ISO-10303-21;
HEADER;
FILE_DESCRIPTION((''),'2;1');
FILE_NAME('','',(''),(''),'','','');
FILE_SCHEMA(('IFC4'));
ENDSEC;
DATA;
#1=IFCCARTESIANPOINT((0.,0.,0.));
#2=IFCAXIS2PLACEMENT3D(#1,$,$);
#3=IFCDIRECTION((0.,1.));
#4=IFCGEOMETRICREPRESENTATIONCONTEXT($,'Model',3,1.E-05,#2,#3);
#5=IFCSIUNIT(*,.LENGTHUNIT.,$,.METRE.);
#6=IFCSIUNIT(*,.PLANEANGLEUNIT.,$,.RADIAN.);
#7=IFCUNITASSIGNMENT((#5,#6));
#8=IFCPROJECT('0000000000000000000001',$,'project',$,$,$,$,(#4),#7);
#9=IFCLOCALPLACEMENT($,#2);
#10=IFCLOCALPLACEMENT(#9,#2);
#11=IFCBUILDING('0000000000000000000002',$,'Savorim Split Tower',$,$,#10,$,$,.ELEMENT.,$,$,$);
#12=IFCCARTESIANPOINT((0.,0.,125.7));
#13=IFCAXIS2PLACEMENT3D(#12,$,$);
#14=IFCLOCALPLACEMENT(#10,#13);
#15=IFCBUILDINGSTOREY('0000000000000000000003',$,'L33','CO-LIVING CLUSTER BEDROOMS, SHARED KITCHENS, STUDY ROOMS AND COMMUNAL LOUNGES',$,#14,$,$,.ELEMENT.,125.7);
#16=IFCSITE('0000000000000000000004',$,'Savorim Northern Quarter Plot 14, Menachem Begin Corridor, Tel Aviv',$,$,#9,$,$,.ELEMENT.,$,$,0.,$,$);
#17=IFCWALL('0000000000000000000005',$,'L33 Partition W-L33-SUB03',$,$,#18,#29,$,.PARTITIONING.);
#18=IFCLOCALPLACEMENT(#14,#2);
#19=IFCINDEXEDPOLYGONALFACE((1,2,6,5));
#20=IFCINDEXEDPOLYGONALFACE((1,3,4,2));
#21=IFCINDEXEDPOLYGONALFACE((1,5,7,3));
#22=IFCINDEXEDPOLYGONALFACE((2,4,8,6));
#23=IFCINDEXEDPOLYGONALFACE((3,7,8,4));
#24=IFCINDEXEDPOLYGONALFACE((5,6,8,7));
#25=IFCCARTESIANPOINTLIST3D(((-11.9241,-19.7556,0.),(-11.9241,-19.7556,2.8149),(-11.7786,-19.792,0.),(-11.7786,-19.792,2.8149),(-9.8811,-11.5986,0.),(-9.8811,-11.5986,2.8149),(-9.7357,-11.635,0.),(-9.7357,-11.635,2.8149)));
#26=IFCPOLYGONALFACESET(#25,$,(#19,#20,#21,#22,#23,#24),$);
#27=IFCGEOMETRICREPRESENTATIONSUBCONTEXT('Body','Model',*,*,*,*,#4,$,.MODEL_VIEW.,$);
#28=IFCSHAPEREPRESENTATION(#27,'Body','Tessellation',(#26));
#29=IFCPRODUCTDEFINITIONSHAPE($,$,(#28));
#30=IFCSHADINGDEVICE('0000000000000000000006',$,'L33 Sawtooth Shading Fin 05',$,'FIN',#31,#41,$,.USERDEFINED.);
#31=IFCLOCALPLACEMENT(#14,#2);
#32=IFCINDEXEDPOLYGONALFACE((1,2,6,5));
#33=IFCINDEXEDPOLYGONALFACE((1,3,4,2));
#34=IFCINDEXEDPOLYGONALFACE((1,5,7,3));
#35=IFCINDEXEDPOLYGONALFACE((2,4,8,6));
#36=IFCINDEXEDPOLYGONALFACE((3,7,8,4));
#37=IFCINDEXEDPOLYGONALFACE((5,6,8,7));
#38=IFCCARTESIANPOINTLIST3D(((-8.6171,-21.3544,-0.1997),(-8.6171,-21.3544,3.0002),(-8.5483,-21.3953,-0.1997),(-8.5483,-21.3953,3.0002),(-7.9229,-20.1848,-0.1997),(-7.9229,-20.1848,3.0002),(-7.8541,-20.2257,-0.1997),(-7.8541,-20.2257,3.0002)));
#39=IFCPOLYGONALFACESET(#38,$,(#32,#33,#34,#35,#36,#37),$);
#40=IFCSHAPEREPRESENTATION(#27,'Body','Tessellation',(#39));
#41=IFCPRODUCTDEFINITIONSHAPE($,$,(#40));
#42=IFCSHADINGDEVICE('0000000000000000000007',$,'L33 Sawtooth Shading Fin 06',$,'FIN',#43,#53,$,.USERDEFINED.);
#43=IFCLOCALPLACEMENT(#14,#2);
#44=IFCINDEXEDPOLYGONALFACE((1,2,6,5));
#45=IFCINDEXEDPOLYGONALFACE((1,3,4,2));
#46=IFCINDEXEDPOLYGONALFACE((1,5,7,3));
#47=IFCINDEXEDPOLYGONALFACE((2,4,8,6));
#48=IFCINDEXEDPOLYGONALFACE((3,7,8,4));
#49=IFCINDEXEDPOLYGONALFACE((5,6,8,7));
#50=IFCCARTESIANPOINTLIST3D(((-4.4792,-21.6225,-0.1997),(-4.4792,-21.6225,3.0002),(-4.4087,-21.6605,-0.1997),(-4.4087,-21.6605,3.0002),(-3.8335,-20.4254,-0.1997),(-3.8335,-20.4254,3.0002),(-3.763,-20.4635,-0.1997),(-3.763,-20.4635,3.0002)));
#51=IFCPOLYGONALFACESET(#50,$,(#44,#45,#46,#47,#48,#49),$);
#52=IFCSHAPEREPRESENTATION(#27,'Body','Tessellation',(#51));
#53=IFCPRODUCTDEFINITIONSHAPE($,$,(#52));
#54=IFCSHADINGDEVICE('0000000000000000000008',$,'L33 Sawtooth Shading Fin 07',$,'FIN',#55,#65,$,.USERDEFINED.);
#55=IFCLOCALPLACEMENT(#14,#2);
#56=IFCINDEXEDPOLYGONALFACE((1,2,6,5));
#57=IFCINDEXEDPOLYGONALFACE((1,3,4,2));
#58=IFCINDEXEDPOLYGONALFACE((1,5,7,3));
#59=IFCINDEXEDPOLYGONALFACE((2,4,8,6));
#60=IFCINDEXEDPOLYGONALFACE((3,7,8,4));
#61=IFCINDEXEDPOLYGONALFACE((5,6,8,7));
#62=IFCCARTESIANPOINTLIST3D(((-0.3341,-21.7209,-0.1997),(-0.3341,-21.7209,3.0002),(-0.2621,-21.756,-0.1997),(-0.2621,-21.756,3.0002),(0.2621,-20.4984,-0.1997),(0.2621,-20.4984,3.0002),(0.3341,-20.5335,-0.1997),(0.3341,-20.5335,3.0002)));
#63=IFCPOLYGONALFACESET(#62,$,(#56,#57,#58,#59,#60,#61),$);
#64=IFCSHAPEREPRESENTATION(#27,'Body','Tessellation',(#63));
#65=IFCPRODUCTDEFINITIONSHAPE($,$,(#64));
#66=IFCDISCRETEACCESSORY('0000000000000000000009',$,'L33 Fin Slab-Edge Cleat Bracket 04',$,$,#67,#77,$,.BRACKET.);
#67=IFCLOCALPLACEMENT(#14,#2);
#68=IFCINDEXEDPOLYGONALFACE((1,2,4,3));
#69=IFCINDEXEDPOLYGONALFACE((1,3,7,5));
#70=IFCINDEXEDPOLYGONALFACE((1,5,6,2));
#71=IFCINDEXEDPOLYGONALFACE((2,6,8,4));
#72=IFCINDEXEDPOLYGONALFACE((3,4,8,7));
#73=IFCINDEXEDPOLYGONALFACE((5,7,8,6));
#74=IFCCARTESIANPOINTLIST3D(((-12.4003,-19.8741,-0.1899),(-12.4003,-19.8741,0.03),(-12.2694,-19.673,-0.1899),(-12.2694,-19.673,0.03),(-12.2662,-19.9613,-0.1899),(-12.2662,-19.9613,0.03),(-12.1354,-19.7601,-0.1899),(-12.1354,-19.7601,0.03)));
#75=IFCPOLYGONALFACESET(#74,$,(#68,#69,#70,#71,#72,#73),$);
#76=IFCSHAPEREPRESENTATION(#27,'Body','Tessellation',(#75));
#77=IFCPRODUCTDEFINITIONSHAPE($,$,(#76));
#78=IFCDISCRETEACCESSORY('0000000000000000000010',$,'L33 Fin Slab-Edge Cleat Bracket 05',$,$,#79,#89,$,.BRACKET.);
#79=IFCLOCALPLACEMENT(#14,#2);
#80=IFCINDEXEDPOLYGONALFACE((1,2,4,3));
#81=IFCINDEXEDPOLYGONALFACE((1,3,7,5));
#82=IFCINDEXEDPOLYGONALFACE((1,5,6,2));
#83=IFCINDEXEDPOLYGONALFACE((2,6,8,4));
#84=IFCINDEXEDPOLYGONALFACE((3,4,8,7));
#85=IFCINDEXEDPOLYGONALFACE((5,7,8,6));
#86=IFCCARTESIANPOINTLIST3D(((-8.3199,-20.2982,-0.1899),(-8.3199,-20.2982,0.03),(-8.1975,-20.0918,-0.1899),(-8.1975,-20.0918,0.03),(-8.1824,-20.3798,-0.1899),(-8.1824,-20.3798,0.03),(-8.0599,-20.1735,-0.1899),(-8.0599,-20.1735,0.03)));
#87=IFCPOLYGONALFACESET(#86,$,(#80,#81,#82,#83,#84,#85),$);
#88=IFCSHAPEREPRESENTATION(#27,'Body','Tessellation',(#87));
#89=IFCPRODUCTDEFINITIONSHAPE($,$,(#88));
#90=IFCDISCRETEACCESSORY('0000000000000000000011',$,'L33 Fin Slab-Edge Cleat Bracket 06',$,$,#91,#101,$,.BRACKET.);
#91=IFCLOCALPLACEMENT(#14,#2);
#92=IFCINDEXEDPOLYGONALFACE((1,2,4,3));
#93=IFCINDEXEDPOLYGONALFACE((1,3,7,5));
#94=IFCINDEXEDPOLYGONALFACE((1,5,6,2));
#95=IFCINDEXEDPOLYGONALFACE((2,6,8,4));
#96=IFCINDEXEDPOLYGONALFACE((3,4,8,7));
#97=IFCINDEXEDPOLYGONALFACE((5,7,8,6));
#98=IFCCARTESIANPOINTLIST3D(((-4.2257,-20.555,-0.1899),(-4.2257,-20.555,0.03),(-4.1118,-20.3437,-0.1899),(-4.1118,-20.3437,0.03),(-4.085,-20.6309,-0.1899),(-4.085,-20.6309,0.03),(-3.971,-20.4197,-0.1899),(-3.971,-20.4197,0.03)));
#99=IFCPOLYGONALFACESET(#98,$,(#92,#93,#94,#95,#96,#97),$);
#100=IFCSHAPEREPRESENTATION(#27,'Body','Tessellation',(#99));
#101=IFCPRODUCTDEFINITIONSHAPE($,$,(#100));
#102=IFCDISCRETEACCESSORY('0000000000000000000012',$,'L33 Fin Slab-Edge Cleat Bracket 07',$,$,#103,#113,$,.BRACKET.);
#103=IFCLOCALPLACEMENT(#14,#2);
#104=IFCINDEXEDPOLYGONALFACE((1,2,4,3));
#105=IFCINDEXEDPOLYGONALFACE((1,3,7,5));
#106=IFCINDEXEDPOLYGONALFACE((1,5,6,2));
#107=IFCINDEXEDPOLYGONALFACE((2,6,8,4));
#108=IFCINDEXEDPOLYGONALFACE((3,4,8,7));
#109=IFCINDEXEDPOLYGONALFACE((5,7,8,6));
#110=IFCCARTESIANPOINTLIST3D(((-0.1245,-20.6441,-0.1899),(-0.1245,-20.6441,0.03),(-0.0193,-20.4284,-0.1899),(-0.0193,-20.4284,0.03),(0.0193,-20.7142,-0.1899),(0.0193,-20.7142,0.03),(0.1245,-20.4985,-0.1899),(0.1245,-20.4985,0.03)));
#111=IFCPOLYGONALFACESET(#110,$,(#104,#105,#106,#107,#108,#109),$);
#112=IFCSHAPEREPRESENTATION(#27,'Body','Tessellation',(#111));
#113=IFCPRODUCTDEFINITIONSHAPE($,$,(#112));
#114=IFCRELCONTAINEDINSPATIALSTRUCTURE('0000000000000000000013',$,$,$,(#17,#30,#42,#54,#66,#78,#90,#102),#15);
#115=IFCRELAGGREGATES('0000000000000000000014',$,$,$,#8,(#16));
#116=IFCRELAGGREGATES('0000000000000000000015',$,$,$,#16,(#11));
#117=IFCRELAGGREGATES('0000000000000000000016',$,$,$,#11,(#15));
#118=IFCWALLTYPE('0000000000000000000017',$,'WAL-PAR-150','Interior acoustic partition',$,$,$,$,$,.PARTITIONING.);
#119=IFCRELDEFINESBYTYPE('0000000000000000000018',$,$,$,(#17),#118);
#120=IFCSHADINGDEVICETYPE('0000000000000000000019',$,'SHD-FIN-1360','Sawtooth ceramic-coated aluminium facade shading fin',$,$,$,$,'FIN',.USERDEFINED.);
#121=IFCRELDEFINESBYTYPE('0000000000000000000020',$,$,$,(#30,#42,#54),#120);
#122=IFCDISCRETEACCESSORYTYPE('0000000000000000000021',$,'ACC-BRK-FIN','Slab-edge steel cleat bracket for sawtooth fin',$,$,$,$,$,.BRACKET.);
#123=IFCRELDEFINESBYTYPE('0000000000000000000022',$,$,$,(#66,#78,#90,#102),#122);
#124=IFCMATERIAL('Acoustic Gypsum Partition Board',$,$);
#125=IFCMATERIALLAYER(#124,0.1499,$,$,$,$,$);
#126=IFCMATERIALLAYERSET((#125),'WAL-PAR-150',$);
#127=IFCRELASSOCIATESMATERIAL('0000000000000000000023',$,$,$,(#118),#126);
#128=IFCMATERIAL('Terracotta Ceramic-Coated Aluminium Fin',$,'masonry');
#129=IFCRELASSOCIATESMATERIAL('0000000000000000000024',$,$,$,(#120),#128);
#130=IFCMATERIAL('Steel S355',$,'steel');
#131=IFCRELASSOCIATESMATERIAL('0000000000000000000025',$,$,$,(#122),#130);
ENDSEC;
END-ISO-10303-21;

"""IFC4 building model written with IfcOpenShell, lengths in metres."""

from ifc_helpers import new_model, si_unit, direction, frame, frame_2d, origin, origin_2d, place, context, subcontext, project, spatial, rectangle, extrude, material, layer, layer_set, type_object, element, save


model = new_model("IFC4")

# Units and contexts
model_context = context("Model", 3, precision=1e-05, world=origin(), true_north=direction((0.0, 1.0)))
body_context = subcontext(model_context, "Body", "Model", "MODEL_VIEW")
ifc_project = project(units=[si_unit("LENGTHUNIT", "METRE"), si_unit("PLANEANGLEUNIT", "RADIAN")], contexts=[model_context])

# Site, building, storey
site_placement = place(None, origin())
site = spatial("IfcSite", under=ifc_project, at=site_placement, Name="Savorim Northern Quarter Plot 14, Menachem Begin Corridor, Tel Aviv", CompositionType="ELEMENT", RefElevation=0.0)
building_placement = place(site_placement, origin())
building = spatial("IfcBuilding", under=site, at=building_placement, Name="Savorim Split Tower", CompositionType="ELEMENT")
storey_placement = place(building_placement, frame((0.0, 0.0, 125.7)))
storey = spatial("IfcBuildingStorey", under=building, at=storey_placement, Name="L33", Description="CO-LIVING CLUSTER BEDROOMS, SHARED KITCHENS, STUDY ROOMS AND COMMUNAL LOUNGES", CompositionType="ELEMENT", Elevation=125.7)

# Shared definitions
ifc_material_1 = material(Name="Steel S355", Category="steel")

# Wall
ifc_material_2 = material(Name="Acoustic Gypsum Partition Board")
ifc_layer_1 = layer(ifc_material_2, 0.1499)
ifc_layer_set_1 = layer_set([ifc_layer_1], Name="WAL-PAR-150")
wall_type = type_object("IfcWallType", Name="WAL-PAR-150", Description="Interior acoustic partition", PredefinedType="PARTITIONING", material=ifc_layer_set_1)
wall_placement = place(storey_placement, frame((-9.8083, -11.6167, 0.0), z_axis=(0.0, 0.0, 1.0), x_axis=(-0.242952, -0.970038, 0.0)))
element("IfcWall", 1, at=wall_placement, inside=storey, type_object=wall_type, Name="L33 Partition W-L33-SUB03", PredefinedType="PARTITIONING", context=body_context, shape_type="SweptSolid", body=[
    extrude(rectangle(XDim=8.4089, YDim=0.1499, at=frame_2d((4.2046, 0.0))), origin(), (0.0, 0.0, 1.0), 2.8149),
])

# Shading devices
ifc_material_3 = material(Name="Terracotta Ceramic-Coated Aluminium Fin", Category="masonry")
shading_device_type = type_object("IfcShadingDeviceType", Name="SHD-FIN-1360", Description="Sawtooth ceramic-coated aluminium facade shading fin", ElementType="FIN", PredefinedType="USERDEFINED", material=ifc_material_3)
for number, where, z_axis, x_axis, name in (
    (2, (-8.2356, -20.79, -0.1997), (0.0, 0.0, 1.0), (-0.510391, -0.859942, 0.0), "L33 Sawtooth Shading Fin 05"),
    (3, (-4.1211, -21.043, -0.1997), (0.0, 0.0, 1.0), (-0.474778, -0.880106, 0.0), "L33 Sawtooth Shading Fin 06"),
    (4, (0.0, -21.1272, -0.1997), (0.0, 0.0, 1.0), (-0.438371, -0.898794, 0.0), "L33 Sawtooth Shading Fin 07"),
):
    element("IfcShadingDevice", number, at=place(storey_placement, frame(where, z_axis=z_axis, x_axis=x_axis)), inside=storey, type_object=shading_device_type, Name=name, ObjectType="FIN", PredefinedType="USERDEFINED", context=body_context, shape_type="SweptSolid", body=[
        extrude(rectangle(XDim=1.3601, YDim=0.0801, at=origin_2d()), origin(), (0.0, 0.0, 1.0), 3.2),
    ])

# Discrete accessories
discrete_accessory_type = type_object("IfcDiscreteAccessoryType", Name="ACC-BRK-FIN", Description="Slab-edge steel cleat bracket for sawtooth fin", PredefinedType="BRACKET", material=ifc_material_1)
for number, where, z_axis, x_axis, name in (
    (5, (-12.2678, -19.8171, -0.1899), (0.0, 0.0, 1.0), (-0.545148, -0.83834, 0.0), "L33 Fin Slab-Edge Cleat Bracket 04"),
    (6, (-8.1899, -20.2358, -0.1899), (0.0, 0.0, 1.0), (-0.510391, -0.859942, 0.0), "L33 Fin Slab-Edge Cleat Bracket 05"),
    (7, (-4.0984, -20.4873, -0.1899), (0.0, 0.0, 1.0), (-0.474778, -0.880106, 0.0), "L33 Fin Slab-Edge Cleat Bracket 06"),
    (8, (0.0, -20.5713, -0.1899), (0.0, 0.0, 1.0), (-0.438371, -0.898794, 0.0), "L33 Fin Slab-Edge Cleat Bracket 07"),
):
    element("IfcDiscreteAccessory", number, at=place(storey_placement, frame(where, z_axis=z_axis, x_axis=x_axis)), inside=storey, type_object=discrete_accessory_type, Name=name, PredefinedType="BRACKET", context=body_context, shape_type="SweptSolid", body=[
        extrude(rectangle(XDim=0.24, YDim=0.1599, at=origin_2d()), origin(), (0.0, 0.0, 1.0), 0.22),
    ])

save(model, "model.ifc")
